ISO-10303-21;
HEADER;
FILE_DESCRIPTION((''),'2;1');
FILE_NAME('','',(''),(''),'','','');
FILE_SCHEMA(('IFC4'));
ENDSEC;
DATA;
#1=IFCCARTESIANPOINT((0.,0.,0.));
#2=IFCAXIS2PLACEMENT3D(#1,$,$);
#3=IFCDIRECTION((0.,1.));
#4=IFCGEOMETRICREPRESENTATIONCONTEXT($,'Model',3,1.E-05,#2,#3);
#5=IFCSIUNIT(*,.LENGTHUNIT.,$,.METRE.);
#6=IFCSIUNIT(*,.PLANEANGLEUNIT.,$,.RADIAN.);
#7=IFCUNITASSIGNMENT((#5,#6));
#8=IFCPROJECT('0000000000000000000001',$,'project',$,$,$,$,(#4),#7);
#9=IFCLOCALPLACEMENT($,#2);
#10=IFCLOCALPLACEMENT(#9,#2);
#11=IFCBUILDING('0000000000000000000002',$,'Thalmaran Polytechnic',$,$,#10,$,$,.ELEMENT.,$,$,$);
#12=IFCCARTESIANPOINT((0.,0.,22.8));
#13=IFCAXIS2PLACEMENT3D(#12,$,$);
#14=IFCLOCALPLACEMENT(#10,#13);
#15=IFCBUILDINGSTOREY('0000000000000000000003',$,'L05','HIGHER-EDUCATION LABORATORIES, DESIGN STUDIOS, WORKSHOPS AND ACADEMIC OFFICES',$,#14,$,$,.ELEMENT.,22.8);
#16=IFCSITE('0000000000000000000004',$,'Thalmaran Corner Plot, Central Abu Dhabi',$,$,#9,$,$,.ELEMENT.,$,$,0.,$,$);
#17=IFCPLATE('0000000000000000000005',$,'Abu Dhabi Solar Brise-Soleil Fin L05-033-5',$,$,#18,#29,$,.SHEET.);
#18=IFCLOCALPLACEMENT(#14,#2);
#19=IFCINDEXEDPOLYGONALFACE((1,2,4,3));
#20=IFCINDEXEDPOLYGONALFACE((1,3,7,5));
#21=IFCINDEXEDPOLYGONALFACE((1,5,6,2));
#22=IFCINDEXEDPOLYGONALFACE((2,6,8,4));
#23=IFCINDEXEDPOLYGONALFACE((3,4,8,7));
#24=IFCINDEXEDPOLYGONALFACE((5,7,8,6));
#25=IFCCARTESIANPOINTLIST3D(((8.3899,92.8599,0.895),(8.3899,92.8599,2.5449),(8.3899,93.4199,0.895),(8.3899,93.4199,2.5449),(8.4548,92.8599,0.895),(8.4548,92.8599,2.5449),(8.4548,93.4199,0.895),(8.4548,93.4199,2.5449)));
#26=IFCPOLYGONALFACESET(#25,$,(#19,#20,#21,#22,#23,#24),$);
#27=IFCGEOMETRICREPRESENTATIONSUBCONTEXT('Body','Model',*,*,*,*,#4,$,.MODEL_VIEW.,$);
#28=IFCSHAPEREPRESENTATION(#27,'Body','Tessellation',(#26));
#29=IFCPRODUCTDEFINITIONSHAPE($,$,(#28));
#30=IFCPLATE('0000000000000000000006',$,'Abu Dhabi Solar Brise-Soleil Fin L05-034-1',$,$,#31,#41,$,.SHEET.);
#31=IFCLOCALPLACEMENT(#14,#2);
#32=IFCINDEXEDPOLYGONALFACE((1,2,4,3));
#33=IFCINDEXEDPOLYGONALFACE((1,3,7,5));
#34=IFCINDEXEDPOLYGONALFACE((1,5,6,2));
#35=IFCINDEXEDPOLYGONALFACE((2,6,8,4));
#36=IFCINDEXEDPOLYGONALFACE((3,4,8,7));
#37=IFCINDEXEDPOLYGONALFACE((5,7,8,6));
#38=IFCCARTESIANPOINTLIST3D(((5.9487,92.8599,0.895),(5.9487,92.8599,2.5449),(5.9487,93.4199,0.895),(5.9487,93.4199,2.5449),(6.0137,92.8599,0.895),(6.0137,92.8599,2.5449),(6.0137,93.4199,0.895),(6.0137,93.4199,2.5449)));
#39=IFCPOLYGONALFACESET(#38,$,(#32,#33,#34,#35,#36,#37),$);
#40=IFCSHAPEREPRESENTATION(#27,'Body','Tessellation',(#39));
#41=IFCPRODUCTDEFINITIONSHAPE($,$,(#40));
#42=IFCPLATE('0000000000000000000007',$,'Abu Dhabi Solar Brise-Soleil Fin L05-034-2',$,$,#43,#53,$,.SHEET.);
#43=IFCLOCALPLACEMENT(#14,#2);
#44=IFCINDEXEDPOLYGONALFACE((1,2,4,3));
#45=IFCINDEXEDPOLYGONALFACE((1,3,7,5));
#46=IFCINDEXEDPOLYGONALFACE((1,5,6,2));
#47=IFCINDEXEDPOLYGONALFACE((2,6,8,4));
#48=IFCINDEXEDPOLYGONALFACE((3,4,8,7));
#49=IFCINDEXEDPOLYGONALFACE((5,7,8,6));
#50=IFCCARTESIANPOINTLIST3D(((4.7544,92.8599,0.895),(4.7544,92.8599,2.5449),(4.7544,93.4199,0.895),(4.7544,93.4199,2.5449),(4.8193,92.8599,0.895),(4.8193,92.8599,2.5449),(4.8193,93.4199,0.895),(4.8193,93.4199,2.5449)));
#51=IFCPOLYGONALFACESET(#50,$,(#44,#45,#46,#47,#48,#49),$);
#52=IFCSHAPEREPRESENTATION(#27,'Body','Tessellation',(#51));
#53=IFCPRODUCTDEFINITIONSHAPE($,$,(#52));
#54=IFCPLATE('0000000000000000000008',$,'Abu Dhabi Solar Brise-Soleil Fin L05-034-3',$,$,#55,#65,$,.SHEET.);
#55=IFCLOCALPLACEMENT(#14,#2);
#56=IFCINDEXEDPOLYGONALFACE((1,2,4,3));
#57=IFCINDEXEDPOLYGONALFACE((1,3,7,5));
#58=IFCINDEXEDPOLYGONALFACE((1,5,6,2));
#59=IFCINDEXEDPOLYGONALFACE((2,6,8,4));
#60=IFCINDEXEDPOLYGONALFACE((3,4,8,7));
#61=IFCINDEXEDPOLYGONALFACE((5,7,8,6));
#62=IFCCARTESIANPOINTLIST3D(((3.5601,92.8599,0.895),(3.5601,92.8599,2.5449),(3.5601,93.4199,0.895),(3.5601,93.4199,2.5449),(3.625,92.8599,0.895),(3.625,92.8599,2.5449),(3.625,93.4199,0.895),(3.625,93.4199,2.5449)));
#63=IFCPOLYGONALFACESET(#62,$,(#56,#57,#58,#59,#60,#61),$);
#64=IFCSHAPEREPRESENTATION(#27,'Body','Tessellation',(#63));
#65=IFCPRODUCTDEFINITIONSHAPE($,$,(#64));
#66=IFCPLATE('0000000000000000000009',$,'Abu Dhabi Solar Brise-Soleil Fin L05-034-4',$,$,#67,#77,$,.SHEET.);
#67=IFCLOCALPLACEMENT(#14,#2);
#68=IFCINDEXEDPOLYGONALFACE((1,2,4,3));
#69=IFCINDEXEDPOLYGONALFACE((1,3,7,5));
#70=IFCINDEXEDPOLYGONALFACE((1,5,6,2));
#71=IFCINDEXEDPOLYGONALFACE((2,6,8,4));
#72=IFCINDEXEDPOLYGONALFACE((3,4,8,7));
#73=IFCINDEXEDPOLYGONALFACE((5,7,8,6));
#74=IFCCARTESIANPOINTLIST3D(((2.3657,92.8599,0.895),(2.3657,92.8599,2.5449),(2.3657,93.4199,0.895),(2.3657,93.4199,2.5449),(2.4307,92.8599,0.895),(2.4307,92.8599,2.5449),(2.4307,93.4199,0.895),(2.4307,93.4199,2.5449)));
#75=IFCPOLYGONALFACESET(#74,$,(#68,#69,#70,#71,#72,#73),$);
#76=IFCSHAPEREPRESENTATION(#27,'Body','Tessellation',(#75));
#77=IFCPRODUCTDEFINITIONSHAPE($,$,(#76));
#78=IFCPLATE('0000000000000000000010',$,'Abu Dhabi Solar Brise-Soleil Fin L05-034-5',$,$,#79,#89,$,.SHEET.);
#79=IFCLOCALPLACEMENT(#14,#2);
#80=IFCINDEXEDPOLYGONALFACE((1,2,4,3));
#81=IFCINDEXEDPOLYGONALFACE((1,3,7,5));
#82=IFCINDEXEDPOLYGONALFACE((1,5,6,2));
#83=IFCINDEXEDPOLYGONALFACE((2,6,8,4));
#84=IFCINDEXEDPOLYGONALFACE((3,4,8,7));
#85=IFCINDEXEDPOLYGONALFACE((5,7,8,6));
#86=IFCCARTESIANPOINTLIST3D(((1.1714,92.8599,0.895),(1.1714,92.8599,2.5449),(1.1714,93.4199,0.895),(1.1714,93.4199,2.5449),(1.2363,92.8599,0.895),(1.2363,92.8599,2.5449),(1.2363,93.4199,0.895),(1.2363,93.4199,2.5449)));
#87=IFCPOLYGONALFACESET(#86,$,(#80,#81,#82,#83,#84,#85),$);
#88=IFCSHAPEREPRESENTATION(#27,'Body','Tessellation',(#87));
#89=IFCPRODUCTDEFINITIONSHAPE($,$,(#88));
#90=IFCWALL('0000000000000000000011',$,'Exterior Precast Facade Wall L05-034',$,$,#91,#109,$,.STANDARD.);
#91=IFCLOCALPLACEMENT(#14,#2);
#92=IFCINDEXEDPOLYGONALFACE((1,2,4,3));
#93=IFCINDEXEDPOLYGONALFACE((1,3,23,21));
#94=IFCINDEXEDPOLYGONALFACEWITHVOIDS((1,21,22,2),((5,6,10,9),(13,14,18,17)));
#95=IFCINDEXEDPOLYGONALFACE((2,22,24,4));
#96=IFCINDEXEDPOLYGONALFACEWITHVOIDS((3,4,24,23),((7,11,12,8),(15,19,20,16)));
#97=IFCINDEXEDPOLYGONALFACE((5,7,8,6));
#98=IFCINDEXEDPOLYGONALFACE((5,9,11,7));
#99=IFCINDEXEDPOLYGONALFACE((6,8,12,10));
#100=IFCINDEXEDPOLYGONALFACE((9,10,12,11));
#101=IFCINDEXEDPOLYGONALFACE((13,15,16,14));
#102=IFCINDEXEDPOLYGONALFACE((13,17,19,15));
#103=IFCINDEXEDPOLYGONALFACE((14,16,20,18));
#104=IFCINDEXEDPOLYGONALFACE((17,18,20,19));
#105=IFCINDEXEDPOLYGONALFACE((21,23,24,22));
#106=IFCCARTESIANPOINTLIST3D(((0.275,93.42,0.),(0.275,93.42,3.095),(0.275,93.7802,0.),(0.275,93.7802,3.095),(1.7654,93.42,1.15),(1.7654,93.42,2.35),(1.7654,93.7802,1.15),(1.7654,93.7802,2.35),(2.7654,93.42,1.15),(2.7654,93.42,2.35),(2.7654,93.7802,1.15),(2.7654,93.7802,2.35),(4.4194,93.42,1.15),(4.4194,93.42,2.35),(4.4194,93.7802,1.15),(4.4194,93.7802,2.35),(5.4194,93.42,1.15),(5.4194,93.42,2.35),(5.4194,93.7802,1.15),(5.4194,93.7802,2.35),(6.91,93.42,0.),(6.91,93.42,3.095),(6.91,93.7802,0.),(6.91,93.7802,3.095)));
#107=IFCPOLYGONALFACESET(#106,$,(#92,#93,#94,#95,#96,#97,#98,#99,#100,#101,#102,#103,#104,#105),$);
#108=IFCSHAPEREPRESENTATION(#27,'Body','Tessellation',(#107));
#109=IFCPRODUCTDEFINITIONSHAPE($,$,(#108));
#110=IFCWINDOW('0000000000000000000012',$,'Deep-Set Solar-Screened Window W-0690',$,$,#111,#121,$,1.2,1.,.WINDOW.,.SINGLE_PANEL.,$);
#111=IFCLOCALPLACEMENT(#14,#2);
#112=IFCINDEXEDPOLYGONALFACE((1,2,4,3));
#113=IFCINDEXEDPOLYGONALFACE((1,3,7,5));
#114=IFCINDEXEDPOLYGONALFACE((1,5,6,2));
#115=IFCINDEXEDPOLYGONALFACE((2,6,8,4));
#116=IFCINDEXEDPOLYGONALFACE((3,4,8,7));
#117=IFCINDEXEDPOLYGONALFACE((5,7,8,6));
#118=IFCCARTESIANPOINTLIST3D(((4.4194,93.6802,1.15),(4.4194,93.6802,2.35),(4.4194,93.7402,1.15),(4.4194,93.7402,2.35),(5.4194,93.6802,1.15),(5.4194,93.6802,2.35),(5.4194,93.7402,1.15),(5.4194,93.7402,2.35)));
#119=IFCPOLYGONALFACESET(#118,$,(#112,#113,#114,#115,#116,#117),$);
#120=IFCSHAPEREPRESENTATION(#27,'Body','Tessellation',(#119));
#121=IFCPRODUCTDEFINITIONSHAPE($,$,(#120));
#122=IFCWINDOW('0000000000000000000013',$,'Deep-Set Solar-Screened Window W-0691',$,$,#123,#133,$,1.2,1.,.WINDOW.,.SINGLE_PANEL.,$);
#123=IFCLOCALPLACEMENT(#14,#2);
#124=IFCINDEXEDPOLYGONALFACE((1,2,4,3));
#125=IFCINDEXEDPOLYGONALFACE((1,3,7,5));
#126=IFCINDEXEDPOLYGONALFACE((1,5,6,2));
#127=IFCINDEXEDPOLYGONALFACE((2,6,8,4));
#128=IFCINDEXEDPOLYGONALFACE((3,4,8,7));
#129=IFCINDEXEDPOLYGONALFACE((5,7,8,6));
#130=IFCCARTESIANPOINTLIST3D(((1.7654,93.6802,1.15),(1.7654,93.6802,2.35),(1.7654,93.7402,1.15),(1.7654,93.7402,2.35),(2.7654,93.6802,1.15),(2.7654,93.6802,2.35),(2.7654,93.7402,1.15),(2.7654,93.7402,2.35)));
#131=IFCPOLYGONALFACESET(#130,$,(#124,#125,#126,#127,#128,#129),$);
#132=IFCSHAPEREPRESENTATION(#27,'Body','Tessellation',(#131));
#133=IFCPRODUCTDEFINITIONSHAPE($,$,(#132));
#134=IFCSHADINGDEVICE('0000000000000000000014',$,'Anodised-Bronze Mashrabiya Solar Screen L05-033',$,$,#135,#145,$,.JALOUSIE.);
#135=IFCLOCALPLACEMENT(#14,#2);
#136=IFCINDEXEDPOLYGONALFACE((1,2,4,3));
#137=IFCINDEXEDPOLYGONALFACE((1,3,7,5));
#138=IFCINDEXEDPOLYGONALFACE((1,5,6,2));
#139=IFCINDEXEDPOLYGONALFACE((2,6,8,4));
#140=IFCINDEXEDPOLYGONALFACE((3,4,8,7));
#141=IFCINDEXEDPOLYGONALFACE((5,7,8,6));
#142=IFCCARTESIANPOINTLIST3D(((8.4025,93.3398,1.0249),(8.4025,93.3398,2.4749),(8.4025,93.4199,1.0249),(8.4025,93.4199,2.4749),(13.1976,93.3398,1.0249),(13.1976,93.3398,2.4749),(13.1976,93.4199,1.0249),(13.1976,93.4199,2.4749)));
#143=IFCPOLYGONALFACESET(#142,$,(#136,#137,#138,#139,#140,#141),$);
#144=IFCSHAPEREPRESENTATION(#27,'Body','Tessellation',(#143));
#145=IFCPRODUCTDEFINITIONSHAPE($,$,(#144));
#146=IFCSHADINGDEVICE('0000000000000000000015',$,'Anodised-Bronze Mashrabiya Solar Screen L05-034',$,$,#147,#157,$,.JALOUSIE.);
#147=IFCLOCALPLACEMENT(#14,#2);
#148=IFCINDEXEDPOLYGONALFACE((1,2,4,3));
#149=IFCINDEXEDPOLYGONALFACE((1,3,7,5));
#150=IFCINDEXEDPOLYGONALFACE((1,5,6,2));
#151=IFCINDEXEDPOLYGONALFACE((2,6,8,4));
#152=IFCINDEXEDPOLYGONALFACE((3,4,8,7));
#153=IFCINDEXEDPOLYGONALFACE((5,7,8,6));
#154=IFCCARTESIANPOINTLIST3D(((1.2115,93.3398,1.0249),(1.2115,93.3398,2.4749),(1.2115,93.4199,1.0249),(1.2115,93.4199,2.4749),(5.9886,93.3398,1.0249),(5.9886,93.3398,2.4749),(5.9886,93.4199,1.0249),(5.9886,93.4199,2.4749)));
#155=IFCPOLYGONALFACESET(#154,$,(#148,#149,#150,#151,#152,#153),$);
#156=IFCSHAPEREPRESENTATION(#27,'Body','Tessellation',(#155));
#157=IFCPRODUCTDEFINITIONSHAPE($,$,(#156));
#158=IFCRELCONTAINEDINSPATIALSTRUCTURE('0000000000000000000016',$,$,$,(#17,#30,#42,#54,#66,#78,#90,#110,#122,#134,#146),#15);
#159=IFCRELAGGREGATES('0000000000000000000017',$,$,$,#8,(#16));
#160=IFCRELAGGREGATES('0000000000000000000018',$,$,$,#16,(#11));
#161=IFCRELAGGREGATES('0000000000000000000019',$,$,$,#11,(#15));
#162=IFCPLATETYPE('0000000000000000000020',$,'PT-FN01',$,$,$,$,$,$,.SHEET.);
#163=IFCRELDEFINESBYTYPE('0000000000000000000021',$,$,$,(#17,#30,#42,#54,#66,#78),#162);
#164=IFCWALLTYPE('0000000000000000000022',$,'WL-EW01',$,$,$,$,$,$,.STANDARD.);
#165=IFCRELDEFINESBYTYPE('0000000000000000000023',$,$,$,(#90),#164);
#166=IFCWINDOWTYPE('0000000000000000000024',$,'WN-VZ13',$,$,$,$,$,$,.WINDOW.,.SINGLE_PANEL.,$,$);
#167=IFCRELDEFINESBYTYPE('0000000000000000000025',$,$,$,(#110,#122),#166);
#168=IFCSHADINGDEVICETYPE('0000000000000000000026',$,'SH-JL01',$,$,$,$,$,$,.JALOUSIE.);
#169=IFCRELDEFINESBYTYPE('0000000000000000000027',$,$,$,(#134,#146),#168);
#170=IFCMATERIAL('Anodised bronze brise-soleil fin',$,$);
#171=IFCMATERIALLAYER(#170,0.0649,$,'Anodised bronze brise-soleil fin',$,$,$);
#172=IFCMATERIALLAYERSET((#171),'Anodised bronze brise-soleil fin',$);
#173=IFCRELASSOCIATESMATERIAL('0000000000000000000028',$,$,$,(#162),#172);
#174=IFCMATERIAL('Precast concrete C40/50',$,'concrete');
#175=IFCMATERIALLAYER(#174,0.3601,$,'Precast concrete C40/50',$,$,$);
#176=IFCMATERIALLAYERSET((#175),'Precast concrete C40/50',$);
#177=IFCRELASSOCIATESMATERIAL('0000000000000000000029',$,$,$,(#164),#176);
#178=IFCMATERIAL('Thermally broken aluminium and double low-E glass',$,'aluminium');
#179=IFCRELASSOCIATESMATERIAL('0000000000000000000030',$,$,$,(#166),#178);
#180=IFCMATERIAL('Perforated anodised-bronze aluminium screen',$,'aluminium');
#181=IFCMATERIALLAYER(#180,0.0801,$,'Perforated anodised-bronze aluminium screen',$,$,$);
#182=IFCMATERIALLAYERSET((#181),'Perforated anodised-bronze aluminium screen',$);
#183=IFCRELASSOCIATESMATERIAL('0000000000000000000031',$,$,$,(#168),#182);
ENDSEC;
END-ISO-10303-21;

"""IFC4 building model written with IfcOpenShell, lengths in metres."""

from ifc_helpers import new_model, si_unit, direction, frame, frame_2d, origin, origin_2d, place, context, subcontext, project, spatial, rectangle, extrude, material, layer, layer_set, type_object, element, fill, save


model = new_model("IFC4")

# Units and contexts
model_context = context("Model", 3, precision=1e-05, world=origin(), true_north=direction((0.0, 1.0)))
body_context = subcontext(model_context, "Body", "Model", "MODEL_VIEW")
ifc_project = project(units=[si_unit("LENGTHUNIT", "METRE"), si_unit("PLANEANGLEUNIT", "RADIAN")], contexts=[model_context])

# Site, building, storey
site_placement = place(None, origin())
site = spatial("IfcSite", under=ifc_project, at=site_placement, Name="Thalmaran Corner Plot, Central Abu Dhabi", CompositionType="ELEMENT", RefElevation=0.0)
building_placement = place(site_placement, origin())
building = spatial("IfcBuilding", under=site, at=building_placement, Name="Thalmaran Polytechnic", CompositionType="ELEMENT")
storey_placement = place(building_placement, frame((0.0, 0.0, 22.8)))
storey = spatial("IfcBuildingStorey", under=building, at=storey_placement, Name="L05", Description="HIGHER-EDUCATION LABORATORIES, DESIGN STUDIOS, WORKSHOPS AND ACADEMIC OFFICES", CompositionType="ELEMENT", Elevation=22.8)

# Plates
ifc_material_1 = material(Name="Anodised bronze brise-soleil fin")
ifc_layer_1 = layer(ifc_material_1, 0.0649, Name="Anodised bronze brise-soleil fin")
ifc_layer_set_1 = layer_set([ifc_layer_1], Name="Anodised bronze brise-soleil fin")
plate_type_1 = type_object("IfcPlateType", Name="PT-FN01", PredefinedType="SHEET", material=ifc_layer_set_1)
for number, where, z_axis, x_axis, name in (
    (1, (8.4224, 93.1399, 0.895), (0.0, 0.0, 1.0), (-1.0, 0.0, 0.0), "Abu Dhabi Solar Brise-Soleil Fin L05-033-5"),
    (2, (5.9812, 93.1399, 0.895), (0.0, 0.0, 1.0), (-1.0, 0.0, 0.0), "Abu Dhabi Solar Brise-Soleil Fin L05-034-1"),
    (3, (4.7869, 93.1399, 0.895), (0.0, 0.0, 1.0), (-1.0, 0.0, 0.0), "Abu Dhabi Solar Brise-Soleil Fin L05-034-2"),
    (4, (3.5925, 93.1399, 0.895), (0.0, 0.0, 1.0), (-1.0, 0.0, 0.0), "Abu Dhabi Solar Brise-Soleil Fin L05-034-3"),
    (5, (2.3982, 93.1399, 0.895), (0.0, 0.0, 1.0), (-1.0, 0.0, 0.0), "Abu Dhabi Solar Brise-Soleil Fin L05-034-4"),
    (6, (1.2039, 93.1399, 0.895), (0.0, 0.0, 1.0), (-1.0, 0.0, 0.0), "Abu Dhabi Solar Brise-Soleil Fin L05-034-5"),
):
    element("IfcPlate", number, at=place(storey_placement, frame(where, z_axis=z_axis, x_axis=x_axis)), inside=storey, type_object=plate_type_1, Name=name, PredefinedType="SHEET", context=body_context, shape_type="SweptSolid", body=[
        extrude(rectangle(XDim=0.0649, YDim=0.5601, at=origin_2d()), origin(), (0.0, 0.0, 1.0), 1.6499),
    ])

# Wall, openings, windows
ifc_material_2 = material(Name="Precast concrete C40/50", Category="concrete")
ifc_layer_2 = layer(ifc_material_2, 0.3601, Name="Precast concrete C40/50")
ifc_layer_set_2 = layer_set([ifc_layer_2], Name="Precast concrete C40/50")
wall_type = type_object("IfcWallType", Name="WL-EW01", PredefinedType="STANDARD", material=ifc_layer_set_2)
wall_placement = place(storey_placement, frame((6.9099, 93.6001, 0.0), z_axis=(0.0, 0.0, 1.0), x_axis=(-1.0, 0.0, 0.0)))
wall = element("IfcWall", 7, at=wall_placement, inside=storey, type_object=wall_type, Name="Exterior Precast Facade Wall L05-034", PredefinedType="STANDARD", context=body_context, shape_type="SweptSolid", body=[
    extrude(rectangle(XDim=6.635, YDim=0.3601, at=frame_2d((3.3174, 0.0))), origin(), (0.0, 0.0, 1.0), 3.095),
])
opening_1_placement = place(wall_placement, frame((1.4905, 0.0, 1.1499)))
opening_1 = element("IfcOpeningElement", 8, at=opening_1_placement, cuts=wall, PredefinedType="OPENING", context=body_context, shape_type="SweptSolid", body=[
    extrude(rectangle(XDim=1.0, YDim=1.2, at=frame_2d((0.5, 0.6001))), frame((0.0, 0.1899, 0.0), z_axis=(0.0, -1.0, 0.0), x_axis=(1.0, 0.0, 0.0)), (0.0, 0.0, 1.0), 0.3801),
])
opening_2_placement = place(wall_placement, frame((4.1445, 0.0, 1.1499)))
opening_2 = element("IfcOpeningElement", 9, at=opening_2_placement, cuts=wall, PredefinedType="OPENING", context=body_context, shape_type="SweptSolid", body=[
    extrude(rectangle(XDim=1.0, YDim=1.2, at=frame_2d((0.5, 0.6001))), frame((0.0, 0.1899, 0.0), z_axis=(0.0, -1.0, 0.0), x_axis=(1.0, 0.0, 0.0)), (0.0, 0.0, 1.0), 0.3801),
])
ifc_material_3 = material(Name="Thermally broken aluminium and double low-E glass", Category="aluminium")
window_type = type_object("IfcWindowType", Name="WN-VZ13", PartitioningType="SINGLE_PANEL", PredefinedType="WINDOW", material=ifc_material_3)
window_1_placement = place(opening_1_placement, origin())
window_1 = element("IfcWindow", 10, at=window_1_placement, inside=storey, type_object=window_type, Name="Deep-Set Solar-Screened Window W-0690", OverallHeight=1.2, OverallWidth=1.0, PartitioningType="SINGLE_PANEL", PredefinedType="WINDOW", context=body_context, shape_type="SweptSolid", body=[
    extrude(rectangle(XDim=1.0, YDim=1.2, at=frame_2d((0.5, 0.6001))), frame((0.0, -0.0801, 0.0), z_axis=(0.0, -1.0, 0.0), x_axis=(1.0, 0.0, 0.0)), (0.0, 0.0, 1.0), 0.0601),
])
fill(opening_1, window_1)
window_2_placement = place(opening_2_placement, origin())
window_2 = element("IfcWindow", 11, at=window_2_placement, inside=storey, type_object=window_type, Name="Deep-Set Solar-Screened Window W-0691", OverallHeight=1.2, OverallWidth=1.0, PartitioningType="SINGLE_PANEL", PredefinedType="WINDOW", context=body_context, shape_type="SweptSolid", body=[
    extrude(rectangle(XDim=1.0, YDim=1.2, at=frame_2d((0.5, 0.6001))), frame((0.0, -0.0801, 0.0), z_axis=(0.0, -1.0, 0.0), x_axis=(1.0, 0.0, 0.0)), (0.0, 0.0, 1.0), 0.0601),
])
fill(opening_2, window_2)

# Shading devices
ifc_material_4 = material(Name="Perforated anodised-bronze aluminium screen", Category="aluminium")
ifc_layer_3 = layer(ifc_material_4, 0.0801, Name="Perforated anodised-bronze aluminium screen")
ifc_layer_set_3 = layer_set([ifc_layer_3], Name="Perforated anodised-bronze aluminium screen")
shading_device_type = type_object("IfcShadingDeviceType", Name="SH-JL01", PredefinedType="JALOUSIE", material=ifc_layer_set_3)
shading_device_1_placement = place(storey_placement, frame((10.8, 93.3799, 1.0249), z_axis=(0.0, 0.0, 1.0), x_axis=(-1.0, 0.0, 0.0)))
element("IfcShadingDevice", 12, at=shading_device_1_placement, inside=storey, type_object=shading_device_type, Name="Anodised-Bronze Mashrabiya Solar Screen L05-033", PredefinedType="JALOUSIE", context=body_context, shape_type="SweptSolid", body=[
    extrude(rectangle(XDim=4.7952, YDim=0.0801, at=origin_2d()), origin(), (0.0, 0.0, 1.0), 1.45),
])
shading_device_2_placement = place(storey_placement, frame((3.6001, 93.3799, 1.0249), z_axis=(0.0, 0.0, 1.0), x_axis=(-1.0, 0.0, 0.0)))
element("IfcShadingDevice", 13, at=shading_device_2_placement, inside=storey, type_object=shading_device_type, Name="Anodised-Bronze Mashrabiya Solar Screen L05-034", PredefinedType="JALOUSIE", context=body_context, shape_type="SweptSolid", body=[
    extrude(rectangle(XDim=4.7771, YDim=0.0801, at=origin_2d()), origin(), (0.0, 0.0, 1.0), 1.45),
])

save(model, "model.ifc")
